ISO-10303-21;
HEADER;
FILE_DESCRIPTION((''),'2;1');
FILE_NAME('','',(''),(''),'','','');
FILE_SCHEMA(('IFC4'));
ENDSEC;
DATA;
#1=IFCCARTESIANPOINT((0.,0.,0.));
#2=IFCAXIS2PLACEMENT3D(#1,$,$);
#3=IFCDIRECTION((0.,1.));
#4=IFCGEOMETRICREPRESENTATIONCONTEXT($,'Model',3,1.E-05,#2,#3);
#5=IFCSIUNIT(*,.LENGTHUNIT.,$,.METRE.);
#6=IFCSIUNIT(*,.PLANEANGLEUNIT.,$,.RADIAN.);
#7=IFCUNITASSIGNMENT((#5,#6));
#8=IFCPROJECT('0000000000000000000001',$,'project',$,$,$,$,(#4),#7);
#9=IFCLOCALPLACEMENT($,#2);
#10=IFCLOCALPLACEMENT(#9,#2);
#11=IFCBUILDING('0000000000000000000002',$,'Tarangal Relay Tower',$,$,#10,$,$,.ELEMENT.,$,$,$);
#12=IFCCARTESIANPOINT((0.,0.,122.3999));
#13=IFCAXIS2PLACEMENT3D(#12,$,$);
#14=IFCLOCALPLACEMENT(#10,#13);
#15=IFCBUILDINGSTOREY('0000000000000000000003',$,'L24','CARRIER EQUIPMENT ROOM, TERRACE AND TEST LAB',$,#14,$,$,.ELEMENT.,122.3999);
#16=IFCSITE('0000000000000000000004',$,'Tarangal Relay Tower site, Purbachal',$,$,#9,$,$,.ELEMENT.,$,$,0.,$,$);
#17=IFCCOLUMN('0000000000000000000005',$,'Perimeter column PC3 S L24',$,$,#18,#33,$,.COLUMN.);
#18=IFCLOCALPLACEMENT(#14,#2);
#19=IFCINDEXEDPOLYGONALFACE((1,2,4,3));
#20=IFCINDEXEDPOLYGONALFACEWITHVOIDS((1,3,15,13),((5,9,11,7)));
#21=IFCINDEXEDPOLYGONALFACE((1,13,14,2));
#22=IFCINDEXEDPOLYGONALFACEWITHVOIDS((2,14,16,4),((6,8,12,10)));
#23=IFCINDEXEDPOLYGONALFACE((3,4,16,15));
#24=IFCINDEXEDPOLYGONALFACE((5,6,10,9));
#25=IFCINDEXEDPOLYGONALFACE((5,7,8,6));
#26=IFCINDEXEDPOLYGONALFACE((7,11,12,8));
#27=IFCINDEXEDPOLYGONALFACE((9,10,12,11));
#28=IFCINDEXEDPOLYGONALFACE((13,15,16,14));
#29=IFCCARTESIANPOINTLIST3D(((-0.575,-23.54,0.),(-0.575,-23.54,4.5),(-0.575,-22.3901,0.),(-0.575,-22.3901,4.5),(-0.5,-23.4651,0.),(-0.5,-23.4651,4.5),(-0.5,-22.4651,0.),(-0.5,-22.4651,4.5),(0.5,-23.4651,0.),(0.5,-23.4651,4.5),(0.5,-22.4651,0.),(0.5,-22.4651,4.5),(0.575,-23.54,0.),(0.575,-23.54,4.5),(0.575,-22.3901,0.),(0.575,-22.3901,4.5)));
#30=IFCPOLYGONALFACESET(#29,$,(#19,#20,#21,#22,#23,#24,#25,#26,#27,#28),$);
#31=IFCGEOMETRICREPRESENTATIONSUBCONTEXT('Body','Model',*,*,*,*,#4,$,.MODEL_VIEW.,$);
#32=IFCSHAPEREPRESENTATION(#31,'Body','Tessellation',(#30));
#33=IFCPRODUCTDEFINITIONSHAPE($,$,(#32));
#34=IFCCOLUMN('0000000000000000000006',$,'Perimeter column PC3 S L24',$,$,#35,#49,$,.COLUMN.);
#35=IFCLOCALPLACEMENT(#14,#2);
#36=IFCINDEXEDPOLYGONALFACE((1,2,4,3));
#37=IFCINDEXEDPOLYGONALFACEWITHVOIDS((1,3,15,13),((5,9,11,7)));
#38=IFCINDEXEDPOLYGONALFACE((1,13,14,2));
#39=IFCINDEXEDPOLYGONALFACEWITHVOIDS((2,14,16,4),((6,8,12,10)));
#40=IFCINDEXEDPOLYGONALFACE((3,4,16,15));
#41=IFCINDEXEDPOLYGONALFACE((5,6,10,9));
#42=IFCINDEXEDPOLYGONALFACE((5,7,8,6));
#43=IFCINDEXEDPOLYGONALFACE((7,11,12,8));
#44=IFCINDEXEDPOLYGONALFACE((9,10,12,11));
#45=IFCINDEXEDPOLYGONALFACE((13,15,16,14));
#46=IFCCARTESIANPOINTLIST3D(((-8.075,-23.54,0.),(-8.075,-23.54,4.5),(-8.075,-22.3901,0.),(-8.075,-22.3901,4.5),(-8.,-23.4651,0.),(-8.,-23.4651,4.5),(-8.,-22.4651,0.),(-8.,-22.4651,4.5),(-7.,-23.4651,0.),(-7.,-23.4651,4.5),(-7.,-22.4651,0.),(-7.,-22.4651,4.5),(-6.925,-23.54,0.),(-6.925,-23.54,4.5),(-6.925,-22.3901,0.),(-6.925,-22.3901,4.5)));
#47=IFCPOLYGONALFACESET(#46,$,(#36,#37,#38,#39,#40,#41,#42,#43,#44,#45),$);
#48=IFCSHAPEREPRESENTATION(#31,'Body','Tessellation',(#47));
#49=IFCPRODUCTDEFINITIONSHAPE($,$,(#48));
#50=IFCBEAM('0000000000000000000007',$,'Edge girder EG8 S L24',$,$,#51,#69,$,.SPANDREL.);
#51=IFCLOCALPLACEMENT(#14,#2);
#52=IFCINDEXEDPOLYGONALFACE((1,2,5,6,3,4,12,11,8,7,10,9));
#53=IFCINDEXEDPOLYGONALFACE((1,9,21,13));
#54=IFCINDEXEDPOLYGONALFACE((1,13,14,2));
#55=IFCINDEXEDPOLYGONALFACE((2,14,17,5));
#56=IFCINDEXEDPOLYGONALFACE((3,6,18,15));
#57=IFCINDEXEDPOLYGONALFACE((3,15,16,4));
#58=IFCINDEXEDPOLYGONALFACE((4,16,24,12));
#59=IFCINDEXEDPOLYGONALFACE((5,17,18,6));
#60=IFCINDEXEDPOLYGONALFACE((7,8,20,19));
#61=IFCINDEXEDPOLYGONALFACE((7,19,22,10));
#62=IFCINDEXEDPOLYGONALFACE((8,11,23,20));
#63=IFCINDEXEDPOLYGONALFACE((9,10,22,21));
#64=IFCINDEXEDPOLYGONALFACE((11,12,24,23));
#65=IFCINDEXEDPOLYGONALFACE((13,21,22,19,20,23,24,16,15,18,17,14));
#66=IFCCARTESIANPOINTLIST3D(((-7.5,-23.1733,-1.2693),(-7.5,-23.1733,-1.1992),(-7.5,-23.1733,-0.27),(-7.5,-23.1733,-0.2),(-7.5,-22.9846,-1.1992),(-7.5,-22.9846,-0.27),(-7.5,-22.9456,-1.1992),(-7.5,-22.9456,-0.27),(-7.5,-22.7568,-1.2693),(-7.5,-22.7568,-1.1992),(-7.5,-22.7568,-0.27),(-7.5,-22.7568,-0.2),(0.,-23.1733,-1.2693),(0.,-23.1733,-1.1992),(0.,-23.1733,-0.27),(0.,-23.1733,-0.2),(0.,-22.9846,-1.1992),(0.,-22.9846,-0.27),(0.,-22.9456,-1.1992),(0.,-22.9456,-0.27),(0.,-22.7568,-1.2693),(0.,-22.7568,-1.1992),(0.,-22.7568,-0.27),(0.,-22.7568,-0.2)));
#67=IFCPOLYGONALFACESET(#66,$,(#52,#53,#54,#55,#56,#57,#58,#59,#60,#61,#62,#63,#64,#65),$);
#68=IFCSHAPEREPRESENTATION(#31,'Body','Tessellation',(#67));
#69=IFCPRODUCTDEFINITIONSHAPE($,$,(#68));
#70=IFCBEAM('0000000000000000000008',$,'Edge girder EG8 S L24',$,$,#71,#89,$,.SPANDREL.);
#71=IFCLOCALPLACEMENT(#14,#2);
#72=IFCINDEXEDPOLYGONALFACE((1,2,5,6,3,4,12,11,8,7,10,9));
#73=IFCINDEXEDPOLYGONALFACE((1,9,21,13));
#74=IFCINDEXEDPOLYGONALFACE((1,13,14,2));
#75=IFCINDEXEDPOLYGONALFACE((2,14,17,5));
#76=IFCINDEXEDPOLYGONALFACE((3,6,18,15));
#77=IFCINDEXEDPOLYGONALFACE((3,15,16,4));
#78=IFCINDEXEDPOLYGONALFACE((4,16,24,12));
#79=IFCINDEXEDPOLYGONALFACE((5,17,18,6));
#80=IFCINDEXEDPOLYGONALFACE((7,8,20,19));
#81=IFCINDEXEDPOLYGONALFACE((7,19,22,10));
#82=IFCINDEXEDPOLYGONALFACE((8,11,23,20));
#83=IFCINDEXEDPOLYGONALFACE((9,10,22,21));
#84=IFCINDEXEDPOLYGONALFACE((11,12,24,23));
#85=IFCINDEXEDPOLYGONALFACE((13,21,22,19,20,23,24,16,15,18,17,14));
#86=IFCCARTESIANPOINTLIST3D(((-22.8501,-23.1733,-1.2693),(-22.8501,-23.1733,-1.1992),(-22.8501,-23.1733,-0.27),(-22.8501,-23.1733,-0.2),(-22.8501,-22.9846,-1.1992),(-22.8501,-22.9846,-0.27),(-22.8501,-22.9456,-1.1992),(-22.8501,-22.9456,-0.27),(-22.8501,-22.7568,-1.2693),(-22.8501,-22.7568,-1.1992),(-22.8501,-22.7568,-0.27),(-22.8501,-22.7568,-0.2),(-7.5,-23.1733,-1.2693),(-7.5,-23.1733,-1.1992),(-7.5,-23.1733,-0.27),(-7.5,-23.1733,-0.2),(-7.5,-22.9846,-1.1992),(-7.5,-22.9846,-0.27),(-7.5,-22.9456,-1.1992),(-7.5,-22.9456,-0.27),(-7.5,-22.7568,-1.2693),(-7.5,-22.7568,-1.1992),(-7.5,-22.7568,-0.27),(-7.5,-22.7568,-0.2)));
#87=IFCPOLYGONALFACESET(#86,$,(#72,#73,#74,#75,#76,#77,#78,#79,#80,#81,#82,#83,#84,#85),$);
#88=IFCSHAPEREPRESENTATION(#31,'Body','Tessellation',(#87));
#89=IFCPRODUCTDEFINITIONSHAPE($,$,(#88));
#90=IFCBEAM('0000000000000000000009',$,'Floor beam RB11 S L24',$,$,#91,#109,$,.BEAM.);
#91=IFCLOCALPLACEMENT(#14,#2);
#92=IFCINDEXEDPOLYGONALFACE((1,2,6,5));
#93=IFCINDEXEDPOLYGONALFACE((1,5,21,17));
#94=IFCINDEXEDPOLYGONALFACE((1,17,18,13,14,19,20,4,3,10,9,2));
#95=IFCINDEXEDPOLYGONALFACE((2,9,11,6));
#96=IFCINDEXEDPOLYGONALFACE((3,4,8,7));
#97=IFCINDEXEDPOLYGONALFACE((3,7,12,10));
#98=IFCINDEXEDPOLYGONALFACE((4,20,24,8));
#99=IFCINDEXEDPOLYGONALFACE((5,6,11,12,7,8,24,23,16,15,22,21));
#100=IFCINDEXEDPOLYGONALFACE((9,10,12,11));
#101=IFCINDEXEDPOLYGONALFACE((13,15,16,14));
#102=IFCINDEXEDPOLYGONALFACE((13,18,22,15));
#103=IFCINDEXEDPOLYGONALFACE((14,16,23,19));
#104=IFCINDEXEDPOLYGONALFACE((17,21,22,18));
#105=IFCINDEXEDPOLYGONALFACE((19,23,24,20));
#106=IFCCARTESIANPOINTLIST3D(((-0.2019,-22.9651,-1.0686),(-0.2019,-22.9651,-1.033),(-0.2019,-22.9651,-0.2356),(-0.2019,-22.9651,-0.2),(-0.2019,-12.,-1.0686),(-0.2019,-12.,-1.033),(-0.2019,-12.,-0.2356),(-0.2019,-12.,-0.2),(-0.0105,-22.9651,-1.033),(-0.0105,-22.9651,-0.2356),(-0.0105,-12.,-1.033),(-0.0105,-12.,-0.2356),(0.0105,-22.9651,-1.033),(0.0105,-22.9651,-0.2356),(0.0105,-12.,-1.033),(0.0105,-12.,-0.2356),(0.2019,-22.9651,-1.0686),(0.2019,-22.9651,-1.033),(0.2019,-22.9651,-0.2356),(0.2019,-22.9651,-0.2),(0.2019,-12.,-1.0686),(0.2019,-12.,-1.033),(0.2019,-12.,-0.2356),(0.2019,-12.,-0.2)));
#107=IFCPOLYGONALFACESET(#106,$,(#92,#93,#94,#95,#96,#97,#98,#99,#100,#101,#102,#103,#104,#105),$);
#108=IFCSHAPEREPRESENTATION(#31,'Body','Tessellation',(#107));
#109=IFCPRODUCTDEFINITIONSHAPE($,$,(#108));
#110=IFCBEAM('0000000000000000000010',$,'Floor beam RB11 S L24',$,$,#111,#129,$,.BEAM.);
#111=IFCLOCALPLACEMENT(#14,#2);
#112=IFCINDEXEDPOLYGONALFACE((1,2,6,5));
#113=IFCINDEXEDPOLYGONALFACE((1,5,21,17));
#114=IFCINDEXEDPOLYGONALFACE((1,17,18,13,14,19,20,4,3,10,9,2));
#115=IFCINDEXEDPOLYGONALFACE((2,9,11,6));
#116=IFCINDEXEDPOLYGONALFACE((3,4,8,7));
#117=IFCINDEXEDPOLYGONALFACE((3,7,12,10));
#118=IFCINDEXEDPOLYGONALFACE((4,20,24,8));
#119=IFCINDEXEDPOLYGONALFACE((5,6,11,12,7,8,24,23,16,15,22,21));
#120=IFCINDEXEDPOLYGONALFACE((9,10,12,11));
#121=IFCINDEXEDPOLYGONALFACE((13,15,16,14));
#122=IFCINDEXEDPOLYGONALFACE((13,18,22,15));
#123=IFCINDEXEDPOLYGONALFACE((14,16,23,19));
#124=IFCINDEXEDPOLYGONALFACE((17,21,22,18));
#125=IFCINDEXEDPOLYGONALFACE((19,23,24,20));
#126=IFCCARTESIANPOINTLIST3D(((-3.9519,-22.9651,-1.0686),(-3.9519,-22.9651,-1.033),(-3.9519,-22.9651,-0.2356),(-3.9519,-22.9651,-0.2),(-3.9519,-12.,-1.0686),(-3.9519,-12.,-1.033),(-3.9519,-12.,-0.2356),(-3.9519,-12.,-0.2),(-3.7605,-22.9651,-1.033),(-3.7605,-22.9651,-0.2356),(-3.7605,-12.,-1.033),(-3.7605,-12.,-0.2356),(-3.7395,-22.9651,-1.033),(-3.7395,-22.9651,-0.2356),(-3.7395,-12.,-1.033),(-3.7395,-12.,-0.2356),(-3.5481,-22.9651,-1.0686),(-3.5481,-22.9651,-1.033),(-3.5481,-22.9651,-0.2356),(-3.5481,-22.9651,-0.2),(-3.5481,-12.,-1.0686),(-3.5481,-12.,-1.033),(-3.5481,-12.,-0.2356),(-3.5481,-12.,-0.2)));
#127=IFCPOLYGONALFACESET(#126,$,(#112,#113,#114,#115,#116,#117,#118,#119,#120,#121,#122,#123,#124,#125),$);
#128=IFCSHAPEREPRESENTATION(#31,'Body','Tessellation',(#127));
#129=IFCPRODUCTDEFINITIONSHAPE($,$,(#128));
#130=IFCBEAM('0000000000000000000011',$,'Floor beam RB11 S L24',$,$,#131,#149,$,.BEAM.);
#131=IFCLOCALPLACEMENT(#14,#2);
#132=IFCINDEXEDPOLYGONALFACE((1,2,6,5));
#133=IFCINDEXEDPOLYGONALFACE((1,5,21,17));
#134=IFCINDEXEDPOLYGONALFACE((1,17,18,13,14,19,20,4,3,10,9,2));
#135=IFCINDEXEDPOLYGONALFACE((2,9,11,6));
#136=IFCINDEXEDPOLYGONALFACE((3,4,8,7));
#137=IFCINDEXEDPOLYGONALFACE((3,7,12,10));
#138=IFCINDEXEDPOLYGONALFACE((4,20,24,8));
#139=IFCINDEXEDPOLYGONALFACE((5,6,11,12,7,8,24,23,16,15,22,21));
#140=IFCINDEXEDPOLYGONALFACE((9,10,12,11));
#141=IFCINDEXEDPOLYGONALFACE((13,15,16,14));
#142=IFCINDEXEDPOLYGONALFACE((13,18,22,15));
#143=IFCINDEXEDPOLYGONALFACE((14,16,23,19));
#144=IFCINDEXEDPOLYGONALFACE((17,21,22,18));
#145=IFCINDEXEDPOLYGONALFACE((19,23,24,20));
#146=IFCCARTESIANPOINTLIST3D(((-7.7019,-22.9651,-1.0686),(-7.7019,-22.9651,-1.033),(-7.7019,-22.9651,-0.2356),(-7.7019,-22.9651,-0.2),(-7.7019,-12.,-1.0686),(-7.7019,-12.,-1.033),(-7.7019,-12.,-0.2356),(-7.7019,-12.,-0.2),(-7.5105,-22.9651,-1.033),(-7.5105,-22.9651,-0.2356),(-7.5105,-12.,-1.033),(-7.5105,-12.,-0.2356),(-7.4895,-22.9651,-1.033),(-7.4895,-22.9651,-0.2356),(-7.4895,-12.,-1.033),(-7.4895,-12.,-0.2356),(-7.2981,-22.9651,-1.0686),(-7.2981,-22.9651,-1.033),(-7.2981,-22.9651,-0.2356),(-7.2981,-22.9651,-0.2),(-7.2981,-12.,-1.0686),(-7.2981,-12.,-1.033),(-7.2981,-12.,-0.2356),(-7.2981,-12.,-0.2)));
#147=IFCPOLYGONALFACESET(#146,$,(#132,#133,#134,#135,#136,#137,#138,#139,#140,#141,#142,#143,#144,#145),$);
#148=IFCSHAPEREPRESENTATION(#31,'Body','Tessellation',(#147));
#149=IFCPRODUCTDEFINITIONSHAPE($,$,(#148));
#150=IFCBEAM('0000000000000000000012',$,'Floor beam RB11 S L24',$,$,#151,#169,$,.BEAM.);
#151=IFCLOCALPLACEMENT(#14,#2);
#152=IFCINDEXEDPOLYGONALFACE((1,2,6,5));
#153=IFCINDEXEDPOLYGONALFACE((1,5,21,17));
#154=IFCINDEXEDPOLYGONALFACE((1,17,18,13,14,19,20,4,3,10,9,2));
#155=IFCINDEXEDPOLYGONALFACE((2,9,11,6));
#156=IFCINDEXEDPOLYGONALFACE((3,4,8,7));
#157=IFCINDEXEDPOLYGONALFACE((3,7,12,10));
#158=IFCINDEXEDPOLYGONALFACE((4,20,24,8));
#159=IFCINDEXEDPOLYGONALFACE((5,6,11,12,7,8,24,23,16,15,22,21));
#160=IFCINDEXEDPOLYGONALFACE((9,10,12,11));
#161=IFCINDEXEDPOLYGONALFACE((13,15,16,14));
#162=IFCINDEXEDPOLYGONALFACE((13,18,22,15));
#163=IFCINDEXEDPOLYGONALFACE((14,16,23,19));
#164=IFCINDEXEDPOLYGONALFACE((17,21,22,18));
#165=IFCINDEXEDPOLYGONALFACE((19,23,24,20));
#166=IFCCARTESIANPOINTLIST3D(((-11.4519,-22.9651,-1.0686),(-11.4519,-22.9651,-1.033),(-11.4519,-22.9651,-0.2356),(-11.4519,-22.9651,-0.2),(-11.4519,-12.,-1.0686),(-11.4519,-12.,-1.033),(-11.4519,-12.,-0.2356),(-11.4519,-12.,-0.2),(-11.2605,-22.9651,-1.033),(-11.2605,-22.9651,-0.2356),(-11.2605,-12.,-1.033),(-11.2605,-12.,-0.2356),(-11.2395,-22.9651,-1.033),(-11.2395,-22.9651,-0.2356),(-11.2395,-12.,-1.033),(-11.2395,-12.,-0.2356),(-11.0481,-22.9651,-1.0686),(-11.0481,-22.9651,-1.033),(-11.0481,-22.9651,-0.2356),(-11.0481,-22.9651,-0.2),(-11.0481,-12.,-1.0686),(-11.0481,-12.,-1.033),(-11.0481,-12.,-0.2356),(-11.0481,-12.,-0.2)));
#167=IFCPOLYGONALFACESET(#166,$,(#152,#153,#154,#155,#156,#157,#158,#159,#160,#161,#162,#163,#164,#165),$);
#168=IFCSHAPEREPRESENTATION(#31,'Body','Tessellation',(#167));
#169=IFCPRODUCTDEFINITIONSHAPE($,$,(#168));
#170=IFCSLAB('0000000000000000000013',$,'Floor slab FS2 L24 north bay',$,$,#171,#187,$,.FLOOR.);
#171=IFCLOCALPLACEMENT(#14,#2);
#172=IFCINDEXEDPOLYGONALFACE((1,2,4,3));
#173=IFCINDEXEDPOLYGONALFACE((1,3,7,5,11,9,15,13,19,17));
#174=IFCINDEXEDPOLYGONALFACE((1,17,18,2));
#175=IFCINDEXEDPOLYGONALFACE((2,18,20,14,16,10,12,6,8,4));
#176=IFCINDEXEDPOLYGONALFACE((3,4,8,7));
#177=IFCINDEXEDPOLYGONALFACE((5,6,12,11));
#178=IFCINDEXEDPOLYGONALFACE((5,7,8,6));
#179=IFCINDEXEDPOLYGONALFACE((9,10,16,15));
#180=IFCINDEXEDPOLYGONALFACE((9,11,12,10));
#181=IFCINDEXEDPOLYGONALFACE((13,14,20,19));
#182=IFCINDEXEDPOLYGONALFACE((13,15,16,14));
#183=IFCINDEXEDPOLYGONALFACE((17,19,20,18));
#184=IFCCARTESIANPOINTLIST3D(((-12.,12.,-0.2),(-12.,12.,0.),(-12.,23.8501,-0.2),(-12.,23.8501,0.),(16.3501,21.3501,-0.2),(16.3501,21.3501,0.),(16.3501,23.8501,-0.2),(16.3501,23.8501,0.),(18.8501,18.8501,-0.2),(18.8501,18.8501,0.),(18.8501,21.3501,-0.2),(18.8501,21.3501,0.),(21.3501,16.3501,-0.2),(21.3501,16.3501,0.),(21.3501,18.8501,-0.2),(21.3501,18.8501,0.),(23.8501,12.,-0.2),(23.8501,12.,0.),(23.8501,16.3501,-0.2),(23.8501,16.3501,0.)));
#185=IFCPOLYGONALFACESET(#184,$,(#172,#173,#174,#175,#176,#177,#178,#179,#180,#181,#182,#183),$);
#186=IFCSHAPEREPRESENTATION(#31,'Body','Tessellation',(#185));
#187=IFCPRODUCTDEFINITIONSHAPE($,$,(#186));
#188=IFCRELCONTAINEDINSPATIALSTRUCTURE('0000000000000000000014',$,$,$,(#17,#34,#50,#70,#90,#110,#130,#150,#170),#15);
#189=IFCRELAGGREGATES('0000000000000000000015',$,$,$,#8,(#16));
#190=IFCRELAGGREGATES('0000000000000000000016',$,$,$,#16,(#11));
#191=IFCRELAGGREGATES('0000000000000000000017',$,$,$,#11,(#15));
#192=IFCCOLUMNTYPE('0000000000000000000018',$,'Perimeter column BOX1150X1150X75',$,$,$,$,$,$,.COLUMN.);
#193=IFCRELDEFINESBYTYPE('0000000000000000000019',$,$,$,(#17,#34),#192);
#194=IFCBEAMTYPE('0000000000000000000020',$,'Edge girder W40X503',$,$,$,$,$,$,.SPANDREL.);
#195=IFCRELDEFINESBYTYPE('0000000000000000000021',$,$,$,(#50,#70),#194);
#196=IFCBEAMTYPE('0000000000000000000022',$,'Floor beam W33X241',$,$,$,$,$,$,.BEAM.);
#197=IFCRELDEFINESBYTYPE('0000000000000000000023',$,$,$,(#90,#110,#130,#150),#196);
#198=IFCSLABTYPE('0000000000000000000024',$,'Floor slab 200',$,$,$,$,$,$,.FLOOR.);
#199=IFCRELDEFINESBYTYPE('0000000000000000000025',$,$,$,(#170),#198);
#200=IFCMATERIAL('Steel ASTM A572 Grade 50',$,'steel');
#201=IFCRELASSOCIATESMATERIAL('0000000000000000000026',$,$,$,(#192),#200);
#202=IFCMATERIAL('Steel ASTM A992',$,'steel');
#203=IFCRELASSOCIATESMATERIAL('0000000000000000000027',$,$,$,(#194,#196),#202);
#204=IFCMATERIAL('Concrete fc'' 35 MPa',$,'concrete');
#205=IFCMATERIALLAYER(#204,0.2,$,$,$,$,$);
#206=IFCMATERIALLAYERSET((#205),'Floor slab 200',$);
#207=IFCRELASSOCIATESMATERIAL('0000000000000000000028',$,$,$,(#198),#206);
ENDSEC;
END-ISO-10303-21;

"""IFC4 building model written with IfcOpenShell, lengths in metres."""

from ifc_helpers import new_model, si_unit, direction, frame, origin, origin_2d, place, context, subcontext, project, spatial, polyline, hollow_rectangle, i_section, outline, extrude, material, layer, layer_set, material_profile, profile_set, type_object, element, save


model = new_model("IFC4")

# Units and contexts
model_context = context("Model", 3, precision=1e-05, world=origin(), true_north=direction((0.0, 1.0)))
body_context = subcontext(model_context, "Body", "Model", "MODEL_VIEW")
ifc_project = project(units=[si_unit("LENGTHUNIT", "METRE"), si_unit("PLANEANGLEUNIT", "RADIAN")], contexts=[model_context])

# Site, building, storey
site_placement = place(None, origin())
site = spatial("IfcSite", under=ifc_project, at=site_placement, Name="Tarangal Relay Tower site, Purbachal", CompositionType="ELEMENT", RefElevation=0.0)
building_placement = place(site_placement, origin())
building = spatial("IfcBuilding", under=site, at=building_placement, Name="Tarangal Relay Tower", CompositionType="ELEMENT")
storey_placement = place(building_placement, frame((0.0, 0.0, 122.3999)))
storey = spatial("IfcBuildingStorey", under=building, at=storey_placement, Name="L24", Description="CARRIER EQUIPMENT ROOM, TERRACE AND TEST LAB", CompositionType="ELEMENT", Elevation=122.3999)

# Columns
ifc_material_1 = material(Name="Steel ASTM A572 Grade 50", Category="steel")
ifc_material_profile_1 = material_profile(ifc_material_1, hollow_rectangle(XDim=1.1499, YDim=1.1499, WallThickness=0.075, at=origin_2d()), Name="BOX1150X1150X75")
ifc_profile_set_1 = profile_set([ifc_material_profile_1], Name="Steel ASTM A572 Grade 50")
column_type = type_object("IfcColumnType", Name="Perimeter column BOX1150X1150X75", PredefinedType="COLUMN", material=ifc_profile_set_1)
for number, where, z_axis, x_axis, name in (
    (1, (0.0, -22.9651, 0.0), (0.0, 0.0, 1.0), (1.0, 0.0, 0.0), "Perimeter column PC3 S L24"),
    (2, (-7.5, -22.9651, 0.0), (0.0, 0.0, 1.0), (1.0, 0.0, 0.0), "Perimeter column PC3 S L24"),
):
    element("IfcColumn", number, at=place(storey_placement, frame(where, z_axis=z_axis, x_axis=x_axis)), inside=storey, type_object=column_type, Name=name, PredefinedType="COLUMN", context=body_context, shape_type="SweptSolid", body=[
        extrude(hollow_rectangle(XDim=1.1499, YDim=1.1499, WallThickness=0.075, at=origin_2d()), origin(), (0.0, 0.0, 1.0), 4.5),
    ])

# Beams
ifc_material_2 = material(Name="Steel ASTM A992", Category="steel")
ifc_material_profile_2 = material_profile(ifc_material_2, i_section(OverallWidth=0.4165, OverallDepth=1.0693, WebThickness=0.0391, FlangeThickness=0.0701, at=origin_2d()), Name="W40X503")
ifc_profile_set_2 = profile_set([ifc_material_profile_2], Name="Steel ASTM A992")
beam_type_1 = type_object("IfcBeamType", Name="Edge girder W40X503", PredefinedType="SPANDREL", material=ifc_profile_set_2)
beam_1_placement = place(storey_placement, frame((0.0, -22.9651, -0.7346), z_axis=(-1.0, 0.0, 0.0), x_axis=(0.0, -1.0, 0.0)))
element("IfcBeam", 3, at=beam_1_placement, inside=storey, type_object=beam_type_1, Name="Edge girder EG8 S L24", PredefinedType="SPANDREL", context=body_context, shape_type="SweptSolid", body=[
    extrude(i_section(OverallWidth=0.4165, OverallDepth=1.0693, WebThickness=0.0391, FlangeThickness=0.0701, at=origin_2d()), origin(), (0.0, 0.0, 1.0), 7.5),
])
beam_2_placement = place(storey_placement, frame((-7.5, -22.9651, -0.7346), z_axis=(-1.0, 0.0, 0.0), x_axis=(0.0, -1.0, 0.0)))
element("IfcBeam", 4, at=beam_2_placement, inside=storey, type_object=beam_type_1, Name="Edge girder EG8 S L24", PredefinedType="SPANDREL", context=body_context, shape_type="SweptSolid", body=[
    extrude(i_section(OverallWidth=0.4165, OverallDepth=1.0693, WebThickness=0.0391, FlangeThickness=0.0701, at=origin_2d()), origin(), (0.0, 0.0, 1.0), 15.3501),
])
ifc_material_profile_3 = material_profile(ifc_material_2, i_section(OverallWidth=0.4038, OverallDepth=0.8687, WebThickness=0.021, FlangeThickness=0.0356, at=origin_2d()), Name="W33X241")
ifc_profile_set_3 = profile_set([ifc_material_profile_3], Name="Steel ASTM A992")
beam_type_2 = type_object("IfcBeamType", Name="Floor beam W33X241", PredefinedType="BEAM", material=ifc_profile_set_3)
for number, where, z_axis, x_axis, name in (
    (5, (0.0, -12.0, -0.6343), (0.0, -1.0, 0.0), (1.0, 0.0, 0.0), "Floor beam RB11 S L24"),
    (6, (-3.75, -12.0, -0.6343), (0.0, -1.0, 0.0), (1.0, 0.0, 0.0), "Floor beam RB11 S L24"),
    (7, (-7.5, -12.0, -0.6343), (0.0, -1.0, 0.0), (1.0, 0.0, 0.0), "Floor beam RB11 S L24"),
    (8, (-11.25, -12.0, -0.6343), (0.0, -1.0, 0.0), (1.0, 0.0, 0.0), "Floor beam RB11 S L24"),
):
    element("IfcBeam", number, at=place(storey_placement, frame(where, z_axis=z_axis, x_axis=x_axis)), inside=storey, type_object=beam_type_2, Name=name, PredefinedType="BEAM", context=body_context, shape_type="SweptSolid", body=[
        extrude(i_section(OverallWidth=0.4038, OverallDepth=0.8687, WebThickness=0.021, FlangeThickness=0.0356, at=origin_2d()), origin(), (0.0, 0.0, 1.0), 10.9651),
    ])

# Slab
ifc_material_3 = material(Name="Concrete fc' 35 MPa", Category="concrete")
ifc_layer_1 = layer(ifc_material_3, 0.2)
ifc_layer_set_1 = layer_set([ifc_layer_1], Name="Floor slab 200")
slab_type = type_object("IfcSlabType", Name="Floor slab 200", PredefinedType="FLOOR", material=ifc_layer_set_1)
slab_1_placement = place(storey_placement, frame((0.0, 0.0, -0.2)))
element("IfcSlab", 9, at=slab_1_placement, inside=storey, type_object=slab_type, Name="Floor slab FS2 L24 north bay", PredefinedType="FLOOR", context=body_context, shape_type="SweptSolid", body=[
    extrude(outline(polyline([(16.3501, 23.8501), (16.3501, 21.3501), (18.8501, 21.3501), (18.8501, 18.8501), (21.3501, 18.8501), (21.3501, 16.3501), (23.8501, 16.3501), (23.8501, 12.0), (-12.0, 12.0), (-12.0, 23.8501), (16.3501, 23.8501)])), origin(), (0.0, 0.0, 1.0), 0.2),
])

save(model, "model.ifc")
